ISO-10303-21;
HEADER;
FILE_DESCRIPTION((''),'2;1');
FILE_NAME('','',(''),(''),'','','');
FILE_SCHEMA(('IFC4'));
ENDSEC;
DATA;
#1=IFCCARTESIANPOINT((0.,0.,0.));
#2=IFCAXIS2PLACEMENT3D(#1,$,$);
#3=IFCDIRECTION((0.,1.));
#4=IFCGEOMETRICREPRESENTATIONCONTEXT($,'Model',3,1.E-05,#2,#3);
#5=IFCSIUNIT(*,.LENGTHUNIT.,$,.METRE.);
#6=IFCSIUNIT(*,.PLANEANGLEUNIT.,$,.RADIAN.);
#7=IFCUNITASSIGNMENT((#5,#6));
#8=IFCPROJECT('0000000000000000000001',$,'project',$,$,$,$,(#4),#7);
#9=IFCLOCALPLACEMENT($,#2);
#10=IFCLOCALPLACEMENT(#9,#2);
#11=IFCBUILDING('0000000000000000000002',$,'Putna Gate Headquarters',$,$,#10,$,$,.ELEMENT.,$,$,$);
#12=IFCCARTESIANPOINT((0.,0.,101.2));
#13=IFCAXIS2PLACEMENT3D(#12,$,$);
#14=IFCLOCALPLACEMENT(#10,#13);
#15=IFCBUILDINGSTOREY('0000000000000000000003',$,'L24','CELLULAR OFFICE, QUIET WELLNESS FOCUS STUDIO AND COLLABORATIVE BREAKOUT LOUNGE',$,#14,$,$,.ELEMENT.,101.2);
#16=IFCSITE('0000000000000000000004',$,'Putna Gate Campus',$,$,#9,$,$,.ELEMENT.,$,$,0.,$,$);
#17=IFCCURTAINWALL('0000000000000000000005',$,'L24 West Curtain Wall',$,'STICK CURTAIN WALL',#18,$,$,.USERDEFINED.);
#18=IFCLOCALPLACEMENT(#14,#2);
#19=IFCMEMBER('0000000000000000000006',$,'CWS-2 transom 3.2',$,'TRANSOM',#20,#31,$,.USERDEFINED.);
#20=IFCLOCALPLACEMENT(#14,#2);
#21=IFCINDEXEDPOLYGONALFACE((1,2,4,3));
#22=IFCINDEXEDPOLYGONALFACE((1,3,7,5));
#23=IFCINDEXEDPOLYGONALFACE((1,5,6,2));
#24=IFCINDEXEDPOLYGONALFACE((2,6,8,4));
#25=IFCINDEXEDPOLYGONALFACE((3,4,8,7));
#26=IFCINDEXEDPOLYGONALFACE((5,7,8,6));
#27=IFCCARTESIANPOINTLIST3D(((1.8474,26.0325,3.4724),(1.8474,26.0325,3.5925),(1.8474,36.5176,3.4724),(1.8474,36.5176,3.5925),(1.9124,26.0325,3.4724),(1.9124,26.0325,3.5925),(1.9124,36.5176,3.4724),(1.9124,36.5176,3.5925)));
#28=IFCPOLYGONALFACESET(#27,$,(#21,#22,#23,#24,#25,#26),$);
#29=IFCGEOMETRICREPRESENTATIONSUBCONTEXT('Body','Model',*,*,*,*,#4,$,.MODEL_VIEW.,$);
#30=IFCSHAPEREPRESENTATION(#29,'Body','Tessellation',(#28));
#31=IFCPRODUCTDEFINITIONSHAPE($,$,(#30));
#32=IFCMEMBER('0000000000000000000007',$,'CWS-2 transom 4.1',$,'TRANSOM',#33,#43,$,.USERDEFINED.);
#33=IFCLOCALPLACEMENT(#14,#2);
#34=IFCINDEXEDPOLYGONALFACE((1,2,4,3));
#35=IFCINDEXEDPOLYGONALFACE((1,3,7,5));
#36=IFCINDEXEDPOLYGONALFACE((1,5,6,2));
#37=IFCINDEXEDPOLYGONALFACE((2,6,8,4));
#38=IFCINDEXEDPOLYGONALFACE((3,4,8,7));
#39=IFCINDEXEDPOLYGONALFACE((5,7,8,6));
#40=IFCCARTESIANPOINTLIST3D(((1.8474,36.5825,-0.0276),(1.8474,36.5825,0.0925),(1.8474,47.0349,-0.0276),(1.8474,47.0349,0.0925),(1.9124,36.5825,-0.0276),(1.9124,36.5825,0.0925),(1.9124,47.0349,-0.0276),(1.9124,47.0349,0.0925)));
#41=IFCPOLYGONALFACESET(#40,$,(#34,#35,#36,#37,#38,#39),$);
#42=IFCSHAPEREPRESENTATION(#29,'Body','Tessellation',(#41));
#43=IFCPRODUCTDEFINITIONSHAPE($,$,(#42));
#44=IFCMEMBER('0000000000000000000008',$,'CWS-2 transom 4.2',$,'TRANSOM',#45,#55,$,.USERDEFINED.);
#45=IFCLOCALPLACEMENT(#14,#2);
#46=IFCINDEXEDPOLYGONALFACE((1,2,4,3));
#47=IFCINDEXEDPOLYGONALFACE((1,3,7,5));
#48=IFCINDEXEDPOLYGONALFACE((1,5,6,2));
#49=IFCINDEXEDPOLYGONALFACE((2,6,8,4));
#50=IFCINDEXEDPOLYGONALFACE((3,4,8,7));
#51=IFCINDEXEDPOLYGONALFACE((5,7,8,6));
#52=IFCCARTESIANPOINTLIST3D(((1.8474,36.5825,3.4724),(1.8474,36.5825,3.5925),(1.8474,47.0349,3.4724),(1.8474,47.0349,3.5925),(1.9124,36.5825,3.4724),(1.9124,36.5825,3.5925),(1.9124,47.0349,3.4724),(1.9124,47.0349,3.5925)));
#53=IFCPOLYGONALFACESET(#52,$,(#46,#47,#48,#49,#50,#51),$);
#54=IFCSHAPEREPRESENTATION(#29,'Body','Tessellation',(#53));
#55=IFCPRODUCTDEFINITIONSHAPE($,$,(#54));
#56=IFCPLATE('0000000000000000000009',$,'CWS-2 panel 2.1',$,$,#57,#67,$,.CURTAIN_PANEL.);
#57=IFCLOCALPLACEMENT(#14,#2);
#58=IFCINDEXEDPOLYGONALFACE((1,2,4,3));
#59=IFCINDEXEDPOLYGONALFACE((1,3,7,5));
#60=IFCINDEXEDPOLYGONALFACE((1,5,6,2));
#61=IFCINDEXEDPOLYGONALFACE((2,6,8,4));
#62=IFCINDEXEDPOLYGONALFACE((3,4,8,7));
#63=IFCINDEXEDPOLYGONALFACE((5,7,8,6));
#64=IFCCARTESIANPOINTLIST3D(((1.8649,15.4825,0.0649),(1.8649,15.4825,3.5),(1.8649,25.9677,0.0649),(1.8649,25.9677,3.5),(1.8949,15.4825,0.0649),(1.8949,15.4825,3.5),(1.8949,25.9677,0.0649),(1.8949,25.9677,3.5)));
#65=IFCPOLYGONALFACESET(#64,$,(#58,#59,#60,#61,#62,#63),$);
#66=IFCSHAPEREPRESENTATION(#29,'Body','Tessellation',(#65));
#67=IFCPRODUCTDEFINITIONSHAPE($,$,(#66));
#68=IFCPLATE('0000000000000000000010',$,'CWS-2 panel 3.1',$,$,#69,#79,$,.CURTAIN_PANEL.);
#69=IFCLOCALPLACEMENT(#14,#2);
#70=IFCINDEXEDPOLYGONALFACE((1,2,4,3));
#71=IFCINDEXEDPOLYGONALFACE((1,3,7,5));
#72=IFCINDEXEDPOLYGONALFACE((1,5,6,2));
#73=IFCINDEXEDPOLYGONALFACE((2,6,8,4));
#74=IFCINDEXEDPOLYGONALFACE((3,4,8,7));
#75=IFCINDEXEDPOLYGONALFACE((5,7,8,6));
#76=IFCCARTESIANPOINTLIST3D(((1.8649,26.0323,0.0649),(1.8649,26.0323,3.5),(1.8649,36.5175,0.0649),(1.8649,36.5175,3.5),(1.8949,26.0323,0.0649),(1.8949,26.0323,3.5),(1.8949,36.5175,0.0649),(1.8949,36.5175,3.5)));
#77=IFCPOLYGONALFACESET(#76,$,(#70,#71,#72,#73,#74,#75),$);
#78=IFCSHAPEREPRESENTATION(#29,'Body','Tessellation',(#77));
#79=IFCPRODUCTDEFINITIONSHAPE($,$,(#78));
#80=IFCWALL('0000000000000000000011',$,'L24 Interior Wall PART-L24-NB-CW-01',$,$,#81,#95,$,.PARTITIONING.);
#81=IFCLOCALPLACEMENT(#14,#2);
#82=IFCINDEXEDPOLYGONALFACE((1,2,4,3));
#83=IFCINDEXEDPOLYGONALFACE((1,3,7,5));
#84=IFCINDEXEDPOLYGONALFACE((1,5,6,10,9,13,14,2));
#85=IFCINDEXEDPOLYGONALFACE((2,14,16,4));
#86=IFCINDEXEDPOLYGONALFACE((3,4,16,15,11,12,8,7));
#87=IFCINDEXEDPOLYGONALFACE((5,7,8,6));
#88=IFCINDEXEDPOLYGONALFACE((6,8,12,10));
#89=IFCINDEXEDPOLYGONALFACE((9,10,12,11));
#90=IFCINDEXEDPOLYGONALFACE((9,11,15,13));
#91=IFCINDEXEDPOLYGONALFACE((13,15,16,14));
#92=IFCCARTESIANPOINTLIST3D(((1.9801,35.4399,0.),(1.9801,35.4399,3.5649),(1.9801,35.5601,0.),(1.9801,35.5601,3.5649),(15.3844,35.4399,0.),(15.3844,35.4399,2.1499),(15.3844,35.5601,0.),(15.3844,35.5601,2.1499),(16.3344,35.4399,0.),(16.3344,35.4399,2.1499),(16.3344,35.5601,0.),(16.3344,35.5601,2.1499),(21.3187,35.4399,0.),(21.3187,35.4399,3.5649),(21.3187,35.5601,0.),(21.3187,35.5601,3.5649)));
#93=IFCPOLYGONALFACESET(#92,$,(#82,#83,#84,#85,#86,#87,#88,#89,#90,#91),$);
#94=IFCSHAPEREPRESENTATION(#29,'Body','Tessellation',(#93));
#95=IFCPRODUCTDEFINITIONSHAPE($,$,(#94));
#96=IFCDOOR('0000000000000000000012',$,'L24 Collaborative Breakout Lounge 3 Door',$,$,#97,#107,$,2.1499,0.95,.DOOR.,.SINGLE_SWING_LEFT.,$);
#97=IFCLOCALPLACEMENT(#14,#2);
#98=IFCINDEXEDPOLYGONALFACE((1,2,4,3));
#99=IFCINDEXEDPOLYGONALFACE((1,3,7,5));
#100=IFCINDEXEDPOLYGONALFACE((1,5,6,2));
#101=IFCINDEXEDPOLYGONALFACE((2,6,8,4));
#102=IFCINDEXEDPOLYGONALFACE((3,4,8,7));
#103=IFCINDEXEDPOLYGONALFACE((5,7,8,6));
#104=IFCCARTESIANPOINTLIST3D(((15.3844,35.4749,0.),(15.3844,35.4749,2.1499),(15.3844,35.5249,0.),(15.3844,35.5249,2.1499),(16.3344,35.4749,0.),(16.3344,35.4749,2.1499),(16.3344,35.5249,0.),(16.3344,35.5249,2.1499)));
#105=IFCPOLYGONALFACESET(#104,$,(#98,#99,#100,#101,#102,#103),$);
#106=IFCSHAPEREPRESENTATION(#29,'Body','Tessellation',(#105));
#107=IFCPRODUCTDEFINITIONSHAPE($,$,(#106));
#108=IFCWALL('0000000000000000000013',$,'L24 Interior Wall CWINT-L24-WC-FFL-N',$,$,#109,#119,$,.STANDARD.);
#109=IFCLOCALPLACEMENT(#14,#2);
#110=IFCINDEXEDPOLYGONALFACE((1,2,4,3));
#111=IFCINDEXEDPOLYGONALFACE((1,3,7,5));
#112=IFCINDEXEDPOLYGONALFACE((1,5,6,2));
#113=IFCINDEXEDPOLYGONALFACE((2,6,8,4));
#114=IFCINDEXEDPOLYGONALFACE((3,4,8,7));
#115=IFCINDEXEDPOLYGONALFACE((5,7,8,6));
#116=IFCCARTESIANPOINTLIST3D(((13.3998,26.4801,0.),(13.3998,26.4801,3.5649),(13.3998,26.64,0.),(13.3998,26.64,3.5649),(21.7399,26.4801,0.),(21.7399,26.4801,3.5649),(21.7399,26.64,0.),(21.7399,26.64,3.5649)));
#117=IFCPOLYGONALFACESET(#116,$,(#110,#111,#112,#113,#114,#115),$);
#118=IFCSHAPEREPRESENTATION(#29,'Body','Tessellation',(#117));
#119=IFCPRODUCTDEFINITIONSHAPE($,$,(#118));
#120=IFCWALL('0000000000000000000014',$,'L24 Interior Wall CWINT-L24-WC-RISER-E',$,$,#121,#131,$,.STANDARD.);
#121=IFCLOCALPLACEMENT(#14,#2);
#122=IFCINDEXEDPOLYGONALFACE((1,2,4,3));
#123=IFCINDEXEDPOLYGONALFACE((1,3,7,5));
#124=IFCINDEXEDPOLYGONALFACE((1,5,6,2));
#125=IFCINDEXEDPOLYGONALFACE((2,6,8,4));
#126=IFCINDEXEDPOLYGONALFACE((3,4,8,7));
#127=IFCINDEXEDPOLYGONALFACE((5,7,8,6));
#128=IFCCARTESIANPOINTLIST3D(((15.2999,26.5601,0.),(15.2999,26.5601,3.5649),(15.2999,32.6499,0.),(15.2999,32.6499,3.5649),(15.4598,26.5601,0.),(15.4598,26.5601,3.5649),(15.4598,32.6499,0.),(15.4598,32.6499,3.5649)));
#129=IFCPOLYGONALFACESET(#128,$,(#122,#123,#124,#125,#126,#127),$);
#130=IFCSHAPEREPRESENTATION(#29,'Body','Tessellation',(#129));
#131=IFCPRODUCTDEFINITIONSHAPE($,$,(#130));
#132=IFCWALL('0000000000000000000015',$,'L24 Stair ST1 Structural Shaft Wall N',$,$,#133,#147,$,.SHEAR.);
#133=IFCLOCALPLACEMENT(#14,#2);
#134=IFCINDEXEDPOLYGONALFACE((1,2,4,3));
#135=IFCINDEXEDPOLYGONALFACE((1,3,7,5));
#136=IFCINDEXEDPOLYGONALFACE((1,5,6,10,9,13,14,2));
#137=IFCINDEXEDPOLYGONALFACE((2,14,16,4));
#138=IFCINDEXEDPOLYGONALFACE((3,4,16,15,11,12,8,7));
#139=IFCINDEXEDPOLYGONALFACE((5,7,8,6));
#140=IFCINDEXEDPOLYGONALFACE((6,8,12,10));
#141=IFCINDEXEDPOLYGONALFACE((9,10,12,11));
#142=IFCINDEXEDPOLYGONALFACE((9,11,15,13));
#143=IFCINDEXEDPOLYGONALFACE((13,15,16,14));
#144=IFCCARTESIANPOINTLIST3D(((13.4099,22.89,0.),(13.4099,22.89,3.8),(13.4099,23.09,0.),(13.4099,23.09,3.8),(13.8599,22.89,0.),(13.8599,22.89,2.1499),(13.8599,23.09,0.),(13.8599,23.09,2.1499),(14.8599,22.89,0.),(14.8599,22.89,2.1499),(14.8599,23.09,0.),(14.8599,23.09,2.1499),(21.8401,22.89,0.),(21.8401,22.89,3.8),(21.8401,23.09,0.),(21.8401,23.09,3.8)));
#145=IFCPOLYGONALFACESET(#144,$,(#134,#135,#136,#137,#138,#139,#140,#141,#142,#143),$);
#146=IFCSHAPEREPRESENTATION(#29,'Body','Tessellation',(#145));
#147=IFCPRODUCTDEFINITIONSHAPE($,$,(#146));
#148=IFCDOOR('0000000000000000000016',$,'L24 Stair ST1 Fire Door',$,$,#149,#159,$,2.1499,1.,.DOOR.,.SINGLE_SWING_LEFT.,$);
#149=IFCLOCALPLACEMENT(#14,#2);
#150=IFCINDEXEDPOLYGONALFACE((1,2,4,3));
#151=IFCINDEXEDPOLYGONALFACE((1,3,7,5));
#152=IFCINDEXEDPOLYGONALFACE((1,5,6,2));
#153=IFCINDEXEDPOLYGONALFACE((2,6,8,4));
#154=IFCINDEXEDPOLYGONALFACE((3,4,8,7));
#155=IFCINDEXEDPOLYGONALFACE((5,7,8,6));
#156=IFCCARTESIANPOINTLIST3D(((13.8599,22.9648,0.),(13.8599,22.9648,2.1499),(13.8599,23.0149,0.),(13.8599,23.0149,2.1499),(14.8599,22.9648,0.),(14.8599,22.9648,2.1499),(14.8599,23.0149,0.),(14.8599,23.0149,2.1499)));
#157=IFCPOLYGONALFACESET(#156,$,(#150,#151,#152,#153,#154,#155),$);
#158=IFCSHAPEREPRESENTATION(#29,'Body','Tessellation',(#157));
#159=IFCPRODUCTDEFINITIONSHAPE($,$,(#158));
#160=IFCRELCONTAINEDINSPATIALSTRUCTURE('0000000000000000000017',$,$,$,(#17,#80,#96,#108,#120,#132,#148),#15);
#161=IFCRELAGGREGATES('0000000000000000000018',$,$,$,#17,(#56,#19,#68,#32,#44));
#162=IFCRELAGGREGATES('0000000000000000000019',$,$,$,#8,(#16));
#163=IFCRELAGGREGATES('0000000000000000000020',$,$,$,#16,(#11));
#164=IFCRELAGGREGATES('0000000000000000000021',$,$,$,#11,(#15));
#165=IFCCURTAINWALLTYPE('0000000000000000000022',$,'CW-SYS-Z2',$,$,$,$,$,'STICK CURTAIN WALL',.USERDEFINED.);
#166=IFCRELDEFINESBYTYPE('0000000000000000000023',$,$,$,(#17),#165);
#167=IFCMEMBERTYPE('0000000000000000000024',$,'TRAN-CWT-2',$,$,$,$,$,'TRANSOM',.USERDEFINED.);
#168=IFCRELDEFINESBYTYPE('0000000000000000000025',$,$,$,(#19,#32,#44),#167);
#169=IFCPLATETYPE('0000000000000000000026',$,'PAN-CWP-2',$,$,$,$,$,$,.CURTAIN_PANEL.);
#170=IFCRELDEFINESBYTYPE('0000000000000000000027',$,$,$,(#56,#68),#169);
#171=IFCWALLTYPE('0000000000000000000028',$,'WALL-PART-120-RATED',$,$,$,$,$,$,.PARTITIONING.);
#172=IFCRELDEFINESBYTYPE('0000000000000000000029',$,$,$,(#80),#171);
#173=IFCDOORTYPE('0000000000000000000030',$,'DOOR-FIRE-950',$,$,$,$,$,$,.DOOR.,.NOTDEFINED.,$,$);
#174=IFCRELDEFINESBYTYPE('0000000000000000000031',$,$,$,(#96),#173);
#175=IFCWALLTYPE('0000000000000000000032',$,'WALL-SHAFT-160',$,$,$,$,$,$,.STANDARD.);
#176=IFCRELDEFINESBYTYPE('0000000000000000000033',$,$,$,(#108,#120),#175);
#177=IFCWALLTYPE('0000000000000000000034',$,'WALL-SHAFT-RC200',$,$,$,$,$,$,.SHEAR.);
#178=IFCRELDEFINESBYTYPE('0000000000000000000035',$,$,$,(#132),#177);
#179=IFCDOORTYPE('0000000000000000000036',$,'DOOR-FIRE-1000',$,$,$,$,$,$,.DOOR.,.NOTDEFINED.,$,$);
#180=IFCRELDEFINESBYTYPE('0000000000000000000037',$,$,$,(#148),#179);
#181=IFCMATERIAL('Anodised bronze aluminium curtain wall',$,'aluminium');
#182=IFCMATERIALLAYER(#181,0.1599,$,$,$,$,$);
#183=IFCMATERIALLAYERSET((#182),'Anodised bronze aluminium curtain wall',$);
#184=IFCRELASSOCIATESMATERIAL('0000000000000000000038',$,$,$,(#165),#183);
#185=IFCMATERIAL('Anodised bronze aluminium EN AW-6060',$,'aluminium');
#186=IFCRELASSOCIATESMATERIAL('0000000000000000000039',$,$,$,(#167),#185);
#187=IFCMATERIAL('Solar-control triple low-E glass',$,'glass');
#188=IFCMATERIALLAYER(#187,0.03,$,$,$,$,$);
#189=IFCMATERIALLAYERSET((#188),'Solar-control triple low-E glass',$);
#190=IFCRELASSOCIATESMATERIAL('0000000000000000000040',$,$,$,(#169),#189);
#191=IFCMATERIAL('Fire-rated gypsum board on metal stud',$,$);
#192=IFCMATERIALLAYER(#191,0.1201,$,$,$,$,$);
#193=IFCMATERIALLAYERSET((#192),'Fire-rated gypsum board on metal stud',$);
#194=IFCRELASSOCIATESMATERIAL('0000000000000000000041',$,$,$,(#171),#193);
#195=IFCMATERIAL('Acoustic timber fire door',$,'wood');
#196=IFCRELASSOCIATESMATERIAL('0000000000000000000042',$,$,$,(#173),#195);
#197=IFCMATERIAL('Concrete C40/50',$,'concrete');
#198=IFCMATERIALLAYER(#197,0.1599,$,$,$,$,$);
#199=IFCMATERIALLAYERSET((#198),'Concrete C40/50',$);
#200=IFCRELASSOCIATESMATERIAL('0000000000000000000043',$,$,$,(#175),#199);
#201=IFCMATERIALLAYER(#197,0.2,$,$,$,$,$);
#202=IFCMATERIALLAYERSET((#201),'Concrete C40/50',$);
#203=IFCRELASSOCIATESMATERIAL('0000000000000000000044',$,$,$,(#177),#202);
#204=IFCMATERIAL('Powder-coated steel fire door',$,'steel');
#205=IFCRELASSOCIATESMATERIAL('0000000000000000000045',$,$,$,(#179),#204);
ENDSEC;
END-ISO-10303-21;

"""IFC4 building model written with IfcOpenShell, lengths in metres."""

from ifc_helpers import new_model, si_unit, direction, frame, frame_2d, origin, origin_2d, place, context, subcontext, project, spatial, rectangle, extrude, material, layer, layer_set, material_profile, profile_set, type_object, element, fill, aggregate, save


model = new_model("IFC4")

# Units and contexts
model_context = context("Model", 3, precision=1e-05, world=origin(), true_north=direction((0.0, 1.0)))
body_context = subcontext(model_context, "Body", "Model", "MODEL_VIEW")
ifc_project = project(units=[si_unit("LENGTHUNIT", "METRE"), si_unit("PLANEANGLEUNIT", "RADIAN")], contexts=[model_context])

# Site, building, storey
site_placement = place(None, origin())
site = spatial("IfcSite", under=ifc_project, at=site_placement, Name="Putna Gate Campus", CompositionType="ELEMENT", RefElevation=0.0)
building_placement = place(site_placement, origin())
building = spatial("IfcBuilding", under=site, at=building_placement, Name="Putna Gate Headquarters", CompositionType="ELEMENT")
storey_placement = place(building_placement, frame((0.0, 0.0, 101.2)))
storey = spatial("IfcBuildingStorey", under=building, at=storey_placement, Name="L24", Description="CELLULAR OFFICE, QUIET WELLNESS FOCUS STUDIO AND COLLABORATIVE BREAKOUT LOUNGE", CompositionType="ELEMENT", Elevation=101.2)

# Curtain wall, members, plates
ifc_material_1 = material(Name="Anodised bronze aluminium curtain wall", Category="aluminium")
ifc_layer_1 = layer(ifc_material_1, 0.1599)
ifc_layer_set_1 = layer_set([ifc_layer_1], Name="Anodised bronze aluminium curtain wall")
curtain_wall_type = type_object("IfcCurtainWallType", Name="CW-SYS-Z2", ElementType="STICK CURTAIN WALL", PredefinedType="USERDEFINED", material=ifc_layer_set_1)
curtain_wall_placement = place(storey_placement, origin())
curtain_wall = element("IfcCurtainWall", 1, at=curtain_wall_placement, inside=storey, type_object=curtain_wall_type, Name="L24 West Curtain Wall", ObjectType="STICK CURTAIN WALL", PredefinedType="USERDEFINED")
ifc_material_2 = material(Name="Anodised bronze aluminium EN AW-6060", Category="aluminium")
ifc_material_profile_1 = material_profile(ifc_material_2, rectangle(XDim=0.0649, YDim=0.1201, at=origin_2d()), Name="Anodised bronze aluminium EN AW-6060")
ifc_profile_set_1 = profile_set([ifc_material_profile_1], Name="Anodised bronze aluminium EN AW-6060")
member_type_1 = type_object("IfcMemberType", Name="TRAN-CWT-2", ElementType="TRANSOM", PredefinedType="USERDEFINED", material=ifc_profile_set_1)
member_1_placement = place(storey_placement, frame((1.8799, 26.0325, 3.5325), z_axis=(0.0, 1.0, 0.0), x_axis=(-1.0, 0.0, 0.0)))
member_1 = element("IfcMember", 2, at=member_1_placement, type_object=member_type_1, Name="CWS-2 transom 3.2", ObjectType="TRANSOM", PredefinedType="USERDEFINED", context=body_context, shape_type="SweptSolid", body=[
    extrude(rectangle(XDim=0.0649, YDim=0.1201, at=origin_2d()), origin(), (0.0, 0.0, 1.0), 10.4851),
])
member_2_placement = place(storey_placement, frame((1.8799, 36.5825, 0.0325), z_axis=(0.0, 1.0, 0.0), x_axis=(-1.0, 0.0, 0.0)))
member_2 = element("IfcMember", 3, at=member_2_placement, type_object=member_type_1, Name="CWS-2 transom 4.1", ObjectType="TRANSOM", PredefinedType="USERDEFINED", context=body_context, shape_type="SweptSolid", body=[
    extrude(rectangle(XDim=0.0649, YDim=0.1201, at=origin_2d()), origin(), (0.0, 0.0, 1.0), 10.4524),
])
member_3_placement = place(storey_placement, frame((1.8799, 36.5825, 3.5325), z_axis=(0.0, 1.0, 0.0), x_axis=(-1.0, 0.0, 0.0)))
member_3 = element("IfcMember", 4, at=member_3_placement, type_object=member_type_1, Name="CWS-2 transom 4.2", ObjectType="TRANSOM", PredefinedType="USERDEFINED", context=body_context, shape_type="SweptSolid", body=[
    extrude(rectangle(XDim=0.0649, YDim=0.1201, at=origin_2d()), origin(), (0.0, 0.0, 1.0), 10.4524),
])
ifc_material_3 = material(Name="Solar-control triple low-E glass", Category="glass")
ifc_layer_2 = layer(ifc_material_3, 0.03)
ifc_layer_set_2 = layer_set([ifc_layer_2], Name="Solar-control triple low-E glass")
plate_type = type_object("IfcPlateType", Name="PAN-CWP-2", PredefinedType="CURTAIN_PANEL", material=ifc_layer_set_2)
plate_1_placement = place(storey_placement, frame((1.8799, 20.7251, 0.0649), z_axis=(0.0, 0.0, 1.0), x_axis=(0.0, 1.0, 0.0)))
plate_1 = element("IfcPlate", 5, at=plate_1_placement, type_object=plate_type, Name="CWS-2 panel 2.1", PredefinedType="CURTAIN_PANEL", context=body_context, shape_type="SweptSolid", body=[
    extrude(rectangle(XDim=10.4851, YDim=0.03, at=origin_2d()), origin(), (0.0, 0.0, 1.0), 3.4351),
])
plate_2_placement = place(storey_placement, frame((1.8799, 31.2749, 0.0649), z_axis=(0.0, 0.0, 1.0), x_axis=(0.0, 1.0, 0.0)))
plate_2 = element("IfcPlate", 6, at=plate_2_placement, type_object=plate_type, Name="CWS-2 panel 3.1", PredefinedType="CURTAIN_PANEL", context=body_context, shape_type="SweptSolid", body=[
    extrude(rectangle(XDim=10.4851, YDim=0.03, at=origin_2d()), origin(), (0.0, 0.0, 1.0), 3.4351),
])
aggregate(curtain_wall, [plate_1, member_1, plate_2, member_2, member_3])

# Wall, opening, door
ifc_material_4 = material(Name="Fire-rated gypsum board on metal stud")
ifc_layer_3 = layer(ifc_material_4, 0.1201)
ifc_layer_set_3 = layer_set([ifc_layer_3], Name="Fire-rated gypsum board on metal stud")
wall_type_1 = type_object("IfcWallType", Name="WALL-PART-120-RATED", PredefinedType="PARTITIONING", material=ifc_layer_set_3)
wall_1_placement = place(storey_placement, frame((1.98, 35.5, 0.0), z_axis=(0.0, 0.0, 1.0), x_axis=(1.0, 0.0, 0.0)))
wall_1 = element("IfcWall", 7, at=wall_1_placement, inside=storey, type_object=wall_type_1, Name="L24 Interior Wall PART-L24-NB-CW-01", PredefinedType="PARTITIONING", context=body_context, shape_type="SweptSolid", body=[
    extrude(rectangle(XDim=19.3386, YDim=0.1201, at=frame_2d((9.6694, 0.0))), origin(), (0.0, 0.0, 1.0), 3.5649),
])
opening_1_placement = place(wall_1_placement, frame((13.4043, 0.0, 0.0)))
opening_1 = element("IfcOpeningElement", 8, at=opening_1_placement, cuts=wall_1, PredefinedType="OPENING", context=body_context, shape_type="SweptSolid", body=[
    extrude(rectangle(XDim=0.95, YDim=2.1499, at=frame_2d((0.4751, 1.075))), frame((0.0, 0.0701, 0.0), z_axis=(0.0, -1.0, 0.0), x_axis=(1.0, 0.0, 0.0)), (0.0, 0.0, 1.0), 0.1401),
])
ifc_material_5 = material(Name="Acoustic timber fire door", Category="wood")
door_type_1 = type_object("IfcDoorType", Name="DOOR-FIRE-950", OperationType="NOTDEFINED", PredefinedType="DOOR", material=ifc_material_5)
door_1_placement = place(opening_1_placement, origin())
door_1 = element("IfcDoor", 9, at=door_1_placement, inside=storey, type_object=door_type_1, Name="L24 Collaborative Breakout Lounge 3 Door", OperationType="SINGLE_SWING_LEFT", OverallHeight=2.1499, OverallWidth=0.95, PredefinedType="DOOR", context=body_context, shape_type="SweptSolid", body=[
    extrude(rectangle(XDim=0.95, YDim=2.1499, at=frame_2d((0.4751, 1.075))), frame((0.0, 0.0249, 0.0), z_axis=(0.0, -1.0, 0.0), x_axis=(1.0, 0.0, 0.0)), (0.0, 0.0, 1.0), 0.05),
])
fill(opening_1, door_1)

# Walls
ifc_material_6 = material(Name="Concrete C40/50", Category="concrete")
ifc_layer_4 = layer(ifc_material_6, 0.1599)
ifc_layer_set_4 = layer_set([ifc_layer_4], Name="Concrete C40/50")
wall_type_2 = type_object("IfcWallType", Name="WALL-SHAFT-160", PredefinedType="STANDARD", material=ifc_layer_set_4)
wall_2_placement = place(storey_placement, frame((13.3999, 26.5601, 0.0), z_axis=(0.0, 0.0, 1.0), x_axis=(1.0, 0.0, 0.0)))
element("IfcWall", 10, at=wall_2_placement, inside=storey, type_object=wall_type_2, Name="L24 Interior Wall CWINT-L24-WC-FFL-N", PredefinedType="STANDARD", context=body_context, shape_type="SweptSolid", body=[
    extrude(rectangle(XDim=8.3401, YDim=0.1599, at=frame_2d((4.1699, 0.0))), origin(), (0.0, 0.0, 1.0), 3.5649),
])
wall_3_placement = place(storey_placement, frame((15.3799, 26.5601, 0.0), z_axis=(0.0, 0.0, 1.0), x_axis=(0.0, 1.0, 0.0)))
element("IfcWall", 11, at=wall_3_placement, inside=storey, type_object=wall_type_2, Name="L24 Interior Wall CWINT-L24-WC-RISER-E", PredefinedType="STANDARD", context=body_context, shape_type="SweptSolid", body=[
    extrude(rectangle(XDim=6.0898, YDim=0.1599, at=frame_2d((3.0449, 0.0))), origin(), (0.0, 0.0, 1.0), 3.5649),
])

# Wall, opening, door
ifc_layer_5 = layer(ifc_material_6, 0.2)
ifc_layer_set_5 = layer_set([ifc_layer_5], Name="Concrete C40/50")
wall_type_3 = type_object("IfcWallType", Name="WALL-SHAFT-RC200", PredefinedType="SHEAR", material=ifc_layer_set_5)
wall_4_placement = place(storey_placement, frame((13.4099, 22.99, 0.0), z_axis=(0.0, 0.0, 1.0), x_axis=(1.0, 0.0, 0.0)))
wall_4 = element("IfcWall", 12, at=wall_4_placement, inside=storey, type_object=wall_type_3, Name="L24 Stair ST1 Structural Shaft Wall N", PredefinedType="SHEAR", context=body_context, shape_type="SweptSolid", body=[
    extrude(rectangle(XDim=8.4302, YDim=0.2, at=frame_2d((4.2151, 0.0))), origin(), (0.0, 0.0, 1.0), 3.8),
])
opening_2_placement = place(wall_4_placement, frame((0.45, 0.0, 0.0)))
opening_2 = element("IfcOpeningElement", 13, at=opening_2_placement, cuts=wall_4, PredefinedType="OPENING", context=body_context, shape_type="SweptSolid", body=[
    extrude(rectangle(XDim=1.0, YDim=2.1499, at=frame_2d((0.5, 1.075))), frame((0.0, 0.1099, 0.0), z_axis=(0.0, -1.0, 0.0), x_axis=(1.0, 0.0, 0.0)), (0.0, 0.0, 1.0), 0.22),
])
ifc_material_7 = material(Name="Powder-coated steel fire door", Category="steel")
door_type_2 = type_object("IfcDoorType", Name="DOOR-FIRE-1000", OperationType="NOTDEFINED", PredefinedType="DOOR", material=ifc_material_7)
door_2_placement = place(opening_2_placement, origin())
door_2 = element("IfcDoor", 14, at=door_2_placement, inside=storey, type_object=door_type_2, Name="L24 Stair ST1 Fire Door", OperationType="SINGLE_SWING_LEFT", OverallHeight=2.1499, OverallWidth=1.0, PredefinedType="DOOR", context=body_context, shape_type="SweptSolid", body=[
    extrude(rectangle(XDim=1.0, YDim=2.1499, at=frame_2d((0.5, 1.075))), frame((0.0, 0.0249, 0.0), z_axis=(0.0, -1.0, 0.0), x_axis=(1.0, 0.0, 0.0)), (0.0, 0.0, 1.0), 0.05),
])
fill(opening_2, door_2)

save(model, "model.ifc")
